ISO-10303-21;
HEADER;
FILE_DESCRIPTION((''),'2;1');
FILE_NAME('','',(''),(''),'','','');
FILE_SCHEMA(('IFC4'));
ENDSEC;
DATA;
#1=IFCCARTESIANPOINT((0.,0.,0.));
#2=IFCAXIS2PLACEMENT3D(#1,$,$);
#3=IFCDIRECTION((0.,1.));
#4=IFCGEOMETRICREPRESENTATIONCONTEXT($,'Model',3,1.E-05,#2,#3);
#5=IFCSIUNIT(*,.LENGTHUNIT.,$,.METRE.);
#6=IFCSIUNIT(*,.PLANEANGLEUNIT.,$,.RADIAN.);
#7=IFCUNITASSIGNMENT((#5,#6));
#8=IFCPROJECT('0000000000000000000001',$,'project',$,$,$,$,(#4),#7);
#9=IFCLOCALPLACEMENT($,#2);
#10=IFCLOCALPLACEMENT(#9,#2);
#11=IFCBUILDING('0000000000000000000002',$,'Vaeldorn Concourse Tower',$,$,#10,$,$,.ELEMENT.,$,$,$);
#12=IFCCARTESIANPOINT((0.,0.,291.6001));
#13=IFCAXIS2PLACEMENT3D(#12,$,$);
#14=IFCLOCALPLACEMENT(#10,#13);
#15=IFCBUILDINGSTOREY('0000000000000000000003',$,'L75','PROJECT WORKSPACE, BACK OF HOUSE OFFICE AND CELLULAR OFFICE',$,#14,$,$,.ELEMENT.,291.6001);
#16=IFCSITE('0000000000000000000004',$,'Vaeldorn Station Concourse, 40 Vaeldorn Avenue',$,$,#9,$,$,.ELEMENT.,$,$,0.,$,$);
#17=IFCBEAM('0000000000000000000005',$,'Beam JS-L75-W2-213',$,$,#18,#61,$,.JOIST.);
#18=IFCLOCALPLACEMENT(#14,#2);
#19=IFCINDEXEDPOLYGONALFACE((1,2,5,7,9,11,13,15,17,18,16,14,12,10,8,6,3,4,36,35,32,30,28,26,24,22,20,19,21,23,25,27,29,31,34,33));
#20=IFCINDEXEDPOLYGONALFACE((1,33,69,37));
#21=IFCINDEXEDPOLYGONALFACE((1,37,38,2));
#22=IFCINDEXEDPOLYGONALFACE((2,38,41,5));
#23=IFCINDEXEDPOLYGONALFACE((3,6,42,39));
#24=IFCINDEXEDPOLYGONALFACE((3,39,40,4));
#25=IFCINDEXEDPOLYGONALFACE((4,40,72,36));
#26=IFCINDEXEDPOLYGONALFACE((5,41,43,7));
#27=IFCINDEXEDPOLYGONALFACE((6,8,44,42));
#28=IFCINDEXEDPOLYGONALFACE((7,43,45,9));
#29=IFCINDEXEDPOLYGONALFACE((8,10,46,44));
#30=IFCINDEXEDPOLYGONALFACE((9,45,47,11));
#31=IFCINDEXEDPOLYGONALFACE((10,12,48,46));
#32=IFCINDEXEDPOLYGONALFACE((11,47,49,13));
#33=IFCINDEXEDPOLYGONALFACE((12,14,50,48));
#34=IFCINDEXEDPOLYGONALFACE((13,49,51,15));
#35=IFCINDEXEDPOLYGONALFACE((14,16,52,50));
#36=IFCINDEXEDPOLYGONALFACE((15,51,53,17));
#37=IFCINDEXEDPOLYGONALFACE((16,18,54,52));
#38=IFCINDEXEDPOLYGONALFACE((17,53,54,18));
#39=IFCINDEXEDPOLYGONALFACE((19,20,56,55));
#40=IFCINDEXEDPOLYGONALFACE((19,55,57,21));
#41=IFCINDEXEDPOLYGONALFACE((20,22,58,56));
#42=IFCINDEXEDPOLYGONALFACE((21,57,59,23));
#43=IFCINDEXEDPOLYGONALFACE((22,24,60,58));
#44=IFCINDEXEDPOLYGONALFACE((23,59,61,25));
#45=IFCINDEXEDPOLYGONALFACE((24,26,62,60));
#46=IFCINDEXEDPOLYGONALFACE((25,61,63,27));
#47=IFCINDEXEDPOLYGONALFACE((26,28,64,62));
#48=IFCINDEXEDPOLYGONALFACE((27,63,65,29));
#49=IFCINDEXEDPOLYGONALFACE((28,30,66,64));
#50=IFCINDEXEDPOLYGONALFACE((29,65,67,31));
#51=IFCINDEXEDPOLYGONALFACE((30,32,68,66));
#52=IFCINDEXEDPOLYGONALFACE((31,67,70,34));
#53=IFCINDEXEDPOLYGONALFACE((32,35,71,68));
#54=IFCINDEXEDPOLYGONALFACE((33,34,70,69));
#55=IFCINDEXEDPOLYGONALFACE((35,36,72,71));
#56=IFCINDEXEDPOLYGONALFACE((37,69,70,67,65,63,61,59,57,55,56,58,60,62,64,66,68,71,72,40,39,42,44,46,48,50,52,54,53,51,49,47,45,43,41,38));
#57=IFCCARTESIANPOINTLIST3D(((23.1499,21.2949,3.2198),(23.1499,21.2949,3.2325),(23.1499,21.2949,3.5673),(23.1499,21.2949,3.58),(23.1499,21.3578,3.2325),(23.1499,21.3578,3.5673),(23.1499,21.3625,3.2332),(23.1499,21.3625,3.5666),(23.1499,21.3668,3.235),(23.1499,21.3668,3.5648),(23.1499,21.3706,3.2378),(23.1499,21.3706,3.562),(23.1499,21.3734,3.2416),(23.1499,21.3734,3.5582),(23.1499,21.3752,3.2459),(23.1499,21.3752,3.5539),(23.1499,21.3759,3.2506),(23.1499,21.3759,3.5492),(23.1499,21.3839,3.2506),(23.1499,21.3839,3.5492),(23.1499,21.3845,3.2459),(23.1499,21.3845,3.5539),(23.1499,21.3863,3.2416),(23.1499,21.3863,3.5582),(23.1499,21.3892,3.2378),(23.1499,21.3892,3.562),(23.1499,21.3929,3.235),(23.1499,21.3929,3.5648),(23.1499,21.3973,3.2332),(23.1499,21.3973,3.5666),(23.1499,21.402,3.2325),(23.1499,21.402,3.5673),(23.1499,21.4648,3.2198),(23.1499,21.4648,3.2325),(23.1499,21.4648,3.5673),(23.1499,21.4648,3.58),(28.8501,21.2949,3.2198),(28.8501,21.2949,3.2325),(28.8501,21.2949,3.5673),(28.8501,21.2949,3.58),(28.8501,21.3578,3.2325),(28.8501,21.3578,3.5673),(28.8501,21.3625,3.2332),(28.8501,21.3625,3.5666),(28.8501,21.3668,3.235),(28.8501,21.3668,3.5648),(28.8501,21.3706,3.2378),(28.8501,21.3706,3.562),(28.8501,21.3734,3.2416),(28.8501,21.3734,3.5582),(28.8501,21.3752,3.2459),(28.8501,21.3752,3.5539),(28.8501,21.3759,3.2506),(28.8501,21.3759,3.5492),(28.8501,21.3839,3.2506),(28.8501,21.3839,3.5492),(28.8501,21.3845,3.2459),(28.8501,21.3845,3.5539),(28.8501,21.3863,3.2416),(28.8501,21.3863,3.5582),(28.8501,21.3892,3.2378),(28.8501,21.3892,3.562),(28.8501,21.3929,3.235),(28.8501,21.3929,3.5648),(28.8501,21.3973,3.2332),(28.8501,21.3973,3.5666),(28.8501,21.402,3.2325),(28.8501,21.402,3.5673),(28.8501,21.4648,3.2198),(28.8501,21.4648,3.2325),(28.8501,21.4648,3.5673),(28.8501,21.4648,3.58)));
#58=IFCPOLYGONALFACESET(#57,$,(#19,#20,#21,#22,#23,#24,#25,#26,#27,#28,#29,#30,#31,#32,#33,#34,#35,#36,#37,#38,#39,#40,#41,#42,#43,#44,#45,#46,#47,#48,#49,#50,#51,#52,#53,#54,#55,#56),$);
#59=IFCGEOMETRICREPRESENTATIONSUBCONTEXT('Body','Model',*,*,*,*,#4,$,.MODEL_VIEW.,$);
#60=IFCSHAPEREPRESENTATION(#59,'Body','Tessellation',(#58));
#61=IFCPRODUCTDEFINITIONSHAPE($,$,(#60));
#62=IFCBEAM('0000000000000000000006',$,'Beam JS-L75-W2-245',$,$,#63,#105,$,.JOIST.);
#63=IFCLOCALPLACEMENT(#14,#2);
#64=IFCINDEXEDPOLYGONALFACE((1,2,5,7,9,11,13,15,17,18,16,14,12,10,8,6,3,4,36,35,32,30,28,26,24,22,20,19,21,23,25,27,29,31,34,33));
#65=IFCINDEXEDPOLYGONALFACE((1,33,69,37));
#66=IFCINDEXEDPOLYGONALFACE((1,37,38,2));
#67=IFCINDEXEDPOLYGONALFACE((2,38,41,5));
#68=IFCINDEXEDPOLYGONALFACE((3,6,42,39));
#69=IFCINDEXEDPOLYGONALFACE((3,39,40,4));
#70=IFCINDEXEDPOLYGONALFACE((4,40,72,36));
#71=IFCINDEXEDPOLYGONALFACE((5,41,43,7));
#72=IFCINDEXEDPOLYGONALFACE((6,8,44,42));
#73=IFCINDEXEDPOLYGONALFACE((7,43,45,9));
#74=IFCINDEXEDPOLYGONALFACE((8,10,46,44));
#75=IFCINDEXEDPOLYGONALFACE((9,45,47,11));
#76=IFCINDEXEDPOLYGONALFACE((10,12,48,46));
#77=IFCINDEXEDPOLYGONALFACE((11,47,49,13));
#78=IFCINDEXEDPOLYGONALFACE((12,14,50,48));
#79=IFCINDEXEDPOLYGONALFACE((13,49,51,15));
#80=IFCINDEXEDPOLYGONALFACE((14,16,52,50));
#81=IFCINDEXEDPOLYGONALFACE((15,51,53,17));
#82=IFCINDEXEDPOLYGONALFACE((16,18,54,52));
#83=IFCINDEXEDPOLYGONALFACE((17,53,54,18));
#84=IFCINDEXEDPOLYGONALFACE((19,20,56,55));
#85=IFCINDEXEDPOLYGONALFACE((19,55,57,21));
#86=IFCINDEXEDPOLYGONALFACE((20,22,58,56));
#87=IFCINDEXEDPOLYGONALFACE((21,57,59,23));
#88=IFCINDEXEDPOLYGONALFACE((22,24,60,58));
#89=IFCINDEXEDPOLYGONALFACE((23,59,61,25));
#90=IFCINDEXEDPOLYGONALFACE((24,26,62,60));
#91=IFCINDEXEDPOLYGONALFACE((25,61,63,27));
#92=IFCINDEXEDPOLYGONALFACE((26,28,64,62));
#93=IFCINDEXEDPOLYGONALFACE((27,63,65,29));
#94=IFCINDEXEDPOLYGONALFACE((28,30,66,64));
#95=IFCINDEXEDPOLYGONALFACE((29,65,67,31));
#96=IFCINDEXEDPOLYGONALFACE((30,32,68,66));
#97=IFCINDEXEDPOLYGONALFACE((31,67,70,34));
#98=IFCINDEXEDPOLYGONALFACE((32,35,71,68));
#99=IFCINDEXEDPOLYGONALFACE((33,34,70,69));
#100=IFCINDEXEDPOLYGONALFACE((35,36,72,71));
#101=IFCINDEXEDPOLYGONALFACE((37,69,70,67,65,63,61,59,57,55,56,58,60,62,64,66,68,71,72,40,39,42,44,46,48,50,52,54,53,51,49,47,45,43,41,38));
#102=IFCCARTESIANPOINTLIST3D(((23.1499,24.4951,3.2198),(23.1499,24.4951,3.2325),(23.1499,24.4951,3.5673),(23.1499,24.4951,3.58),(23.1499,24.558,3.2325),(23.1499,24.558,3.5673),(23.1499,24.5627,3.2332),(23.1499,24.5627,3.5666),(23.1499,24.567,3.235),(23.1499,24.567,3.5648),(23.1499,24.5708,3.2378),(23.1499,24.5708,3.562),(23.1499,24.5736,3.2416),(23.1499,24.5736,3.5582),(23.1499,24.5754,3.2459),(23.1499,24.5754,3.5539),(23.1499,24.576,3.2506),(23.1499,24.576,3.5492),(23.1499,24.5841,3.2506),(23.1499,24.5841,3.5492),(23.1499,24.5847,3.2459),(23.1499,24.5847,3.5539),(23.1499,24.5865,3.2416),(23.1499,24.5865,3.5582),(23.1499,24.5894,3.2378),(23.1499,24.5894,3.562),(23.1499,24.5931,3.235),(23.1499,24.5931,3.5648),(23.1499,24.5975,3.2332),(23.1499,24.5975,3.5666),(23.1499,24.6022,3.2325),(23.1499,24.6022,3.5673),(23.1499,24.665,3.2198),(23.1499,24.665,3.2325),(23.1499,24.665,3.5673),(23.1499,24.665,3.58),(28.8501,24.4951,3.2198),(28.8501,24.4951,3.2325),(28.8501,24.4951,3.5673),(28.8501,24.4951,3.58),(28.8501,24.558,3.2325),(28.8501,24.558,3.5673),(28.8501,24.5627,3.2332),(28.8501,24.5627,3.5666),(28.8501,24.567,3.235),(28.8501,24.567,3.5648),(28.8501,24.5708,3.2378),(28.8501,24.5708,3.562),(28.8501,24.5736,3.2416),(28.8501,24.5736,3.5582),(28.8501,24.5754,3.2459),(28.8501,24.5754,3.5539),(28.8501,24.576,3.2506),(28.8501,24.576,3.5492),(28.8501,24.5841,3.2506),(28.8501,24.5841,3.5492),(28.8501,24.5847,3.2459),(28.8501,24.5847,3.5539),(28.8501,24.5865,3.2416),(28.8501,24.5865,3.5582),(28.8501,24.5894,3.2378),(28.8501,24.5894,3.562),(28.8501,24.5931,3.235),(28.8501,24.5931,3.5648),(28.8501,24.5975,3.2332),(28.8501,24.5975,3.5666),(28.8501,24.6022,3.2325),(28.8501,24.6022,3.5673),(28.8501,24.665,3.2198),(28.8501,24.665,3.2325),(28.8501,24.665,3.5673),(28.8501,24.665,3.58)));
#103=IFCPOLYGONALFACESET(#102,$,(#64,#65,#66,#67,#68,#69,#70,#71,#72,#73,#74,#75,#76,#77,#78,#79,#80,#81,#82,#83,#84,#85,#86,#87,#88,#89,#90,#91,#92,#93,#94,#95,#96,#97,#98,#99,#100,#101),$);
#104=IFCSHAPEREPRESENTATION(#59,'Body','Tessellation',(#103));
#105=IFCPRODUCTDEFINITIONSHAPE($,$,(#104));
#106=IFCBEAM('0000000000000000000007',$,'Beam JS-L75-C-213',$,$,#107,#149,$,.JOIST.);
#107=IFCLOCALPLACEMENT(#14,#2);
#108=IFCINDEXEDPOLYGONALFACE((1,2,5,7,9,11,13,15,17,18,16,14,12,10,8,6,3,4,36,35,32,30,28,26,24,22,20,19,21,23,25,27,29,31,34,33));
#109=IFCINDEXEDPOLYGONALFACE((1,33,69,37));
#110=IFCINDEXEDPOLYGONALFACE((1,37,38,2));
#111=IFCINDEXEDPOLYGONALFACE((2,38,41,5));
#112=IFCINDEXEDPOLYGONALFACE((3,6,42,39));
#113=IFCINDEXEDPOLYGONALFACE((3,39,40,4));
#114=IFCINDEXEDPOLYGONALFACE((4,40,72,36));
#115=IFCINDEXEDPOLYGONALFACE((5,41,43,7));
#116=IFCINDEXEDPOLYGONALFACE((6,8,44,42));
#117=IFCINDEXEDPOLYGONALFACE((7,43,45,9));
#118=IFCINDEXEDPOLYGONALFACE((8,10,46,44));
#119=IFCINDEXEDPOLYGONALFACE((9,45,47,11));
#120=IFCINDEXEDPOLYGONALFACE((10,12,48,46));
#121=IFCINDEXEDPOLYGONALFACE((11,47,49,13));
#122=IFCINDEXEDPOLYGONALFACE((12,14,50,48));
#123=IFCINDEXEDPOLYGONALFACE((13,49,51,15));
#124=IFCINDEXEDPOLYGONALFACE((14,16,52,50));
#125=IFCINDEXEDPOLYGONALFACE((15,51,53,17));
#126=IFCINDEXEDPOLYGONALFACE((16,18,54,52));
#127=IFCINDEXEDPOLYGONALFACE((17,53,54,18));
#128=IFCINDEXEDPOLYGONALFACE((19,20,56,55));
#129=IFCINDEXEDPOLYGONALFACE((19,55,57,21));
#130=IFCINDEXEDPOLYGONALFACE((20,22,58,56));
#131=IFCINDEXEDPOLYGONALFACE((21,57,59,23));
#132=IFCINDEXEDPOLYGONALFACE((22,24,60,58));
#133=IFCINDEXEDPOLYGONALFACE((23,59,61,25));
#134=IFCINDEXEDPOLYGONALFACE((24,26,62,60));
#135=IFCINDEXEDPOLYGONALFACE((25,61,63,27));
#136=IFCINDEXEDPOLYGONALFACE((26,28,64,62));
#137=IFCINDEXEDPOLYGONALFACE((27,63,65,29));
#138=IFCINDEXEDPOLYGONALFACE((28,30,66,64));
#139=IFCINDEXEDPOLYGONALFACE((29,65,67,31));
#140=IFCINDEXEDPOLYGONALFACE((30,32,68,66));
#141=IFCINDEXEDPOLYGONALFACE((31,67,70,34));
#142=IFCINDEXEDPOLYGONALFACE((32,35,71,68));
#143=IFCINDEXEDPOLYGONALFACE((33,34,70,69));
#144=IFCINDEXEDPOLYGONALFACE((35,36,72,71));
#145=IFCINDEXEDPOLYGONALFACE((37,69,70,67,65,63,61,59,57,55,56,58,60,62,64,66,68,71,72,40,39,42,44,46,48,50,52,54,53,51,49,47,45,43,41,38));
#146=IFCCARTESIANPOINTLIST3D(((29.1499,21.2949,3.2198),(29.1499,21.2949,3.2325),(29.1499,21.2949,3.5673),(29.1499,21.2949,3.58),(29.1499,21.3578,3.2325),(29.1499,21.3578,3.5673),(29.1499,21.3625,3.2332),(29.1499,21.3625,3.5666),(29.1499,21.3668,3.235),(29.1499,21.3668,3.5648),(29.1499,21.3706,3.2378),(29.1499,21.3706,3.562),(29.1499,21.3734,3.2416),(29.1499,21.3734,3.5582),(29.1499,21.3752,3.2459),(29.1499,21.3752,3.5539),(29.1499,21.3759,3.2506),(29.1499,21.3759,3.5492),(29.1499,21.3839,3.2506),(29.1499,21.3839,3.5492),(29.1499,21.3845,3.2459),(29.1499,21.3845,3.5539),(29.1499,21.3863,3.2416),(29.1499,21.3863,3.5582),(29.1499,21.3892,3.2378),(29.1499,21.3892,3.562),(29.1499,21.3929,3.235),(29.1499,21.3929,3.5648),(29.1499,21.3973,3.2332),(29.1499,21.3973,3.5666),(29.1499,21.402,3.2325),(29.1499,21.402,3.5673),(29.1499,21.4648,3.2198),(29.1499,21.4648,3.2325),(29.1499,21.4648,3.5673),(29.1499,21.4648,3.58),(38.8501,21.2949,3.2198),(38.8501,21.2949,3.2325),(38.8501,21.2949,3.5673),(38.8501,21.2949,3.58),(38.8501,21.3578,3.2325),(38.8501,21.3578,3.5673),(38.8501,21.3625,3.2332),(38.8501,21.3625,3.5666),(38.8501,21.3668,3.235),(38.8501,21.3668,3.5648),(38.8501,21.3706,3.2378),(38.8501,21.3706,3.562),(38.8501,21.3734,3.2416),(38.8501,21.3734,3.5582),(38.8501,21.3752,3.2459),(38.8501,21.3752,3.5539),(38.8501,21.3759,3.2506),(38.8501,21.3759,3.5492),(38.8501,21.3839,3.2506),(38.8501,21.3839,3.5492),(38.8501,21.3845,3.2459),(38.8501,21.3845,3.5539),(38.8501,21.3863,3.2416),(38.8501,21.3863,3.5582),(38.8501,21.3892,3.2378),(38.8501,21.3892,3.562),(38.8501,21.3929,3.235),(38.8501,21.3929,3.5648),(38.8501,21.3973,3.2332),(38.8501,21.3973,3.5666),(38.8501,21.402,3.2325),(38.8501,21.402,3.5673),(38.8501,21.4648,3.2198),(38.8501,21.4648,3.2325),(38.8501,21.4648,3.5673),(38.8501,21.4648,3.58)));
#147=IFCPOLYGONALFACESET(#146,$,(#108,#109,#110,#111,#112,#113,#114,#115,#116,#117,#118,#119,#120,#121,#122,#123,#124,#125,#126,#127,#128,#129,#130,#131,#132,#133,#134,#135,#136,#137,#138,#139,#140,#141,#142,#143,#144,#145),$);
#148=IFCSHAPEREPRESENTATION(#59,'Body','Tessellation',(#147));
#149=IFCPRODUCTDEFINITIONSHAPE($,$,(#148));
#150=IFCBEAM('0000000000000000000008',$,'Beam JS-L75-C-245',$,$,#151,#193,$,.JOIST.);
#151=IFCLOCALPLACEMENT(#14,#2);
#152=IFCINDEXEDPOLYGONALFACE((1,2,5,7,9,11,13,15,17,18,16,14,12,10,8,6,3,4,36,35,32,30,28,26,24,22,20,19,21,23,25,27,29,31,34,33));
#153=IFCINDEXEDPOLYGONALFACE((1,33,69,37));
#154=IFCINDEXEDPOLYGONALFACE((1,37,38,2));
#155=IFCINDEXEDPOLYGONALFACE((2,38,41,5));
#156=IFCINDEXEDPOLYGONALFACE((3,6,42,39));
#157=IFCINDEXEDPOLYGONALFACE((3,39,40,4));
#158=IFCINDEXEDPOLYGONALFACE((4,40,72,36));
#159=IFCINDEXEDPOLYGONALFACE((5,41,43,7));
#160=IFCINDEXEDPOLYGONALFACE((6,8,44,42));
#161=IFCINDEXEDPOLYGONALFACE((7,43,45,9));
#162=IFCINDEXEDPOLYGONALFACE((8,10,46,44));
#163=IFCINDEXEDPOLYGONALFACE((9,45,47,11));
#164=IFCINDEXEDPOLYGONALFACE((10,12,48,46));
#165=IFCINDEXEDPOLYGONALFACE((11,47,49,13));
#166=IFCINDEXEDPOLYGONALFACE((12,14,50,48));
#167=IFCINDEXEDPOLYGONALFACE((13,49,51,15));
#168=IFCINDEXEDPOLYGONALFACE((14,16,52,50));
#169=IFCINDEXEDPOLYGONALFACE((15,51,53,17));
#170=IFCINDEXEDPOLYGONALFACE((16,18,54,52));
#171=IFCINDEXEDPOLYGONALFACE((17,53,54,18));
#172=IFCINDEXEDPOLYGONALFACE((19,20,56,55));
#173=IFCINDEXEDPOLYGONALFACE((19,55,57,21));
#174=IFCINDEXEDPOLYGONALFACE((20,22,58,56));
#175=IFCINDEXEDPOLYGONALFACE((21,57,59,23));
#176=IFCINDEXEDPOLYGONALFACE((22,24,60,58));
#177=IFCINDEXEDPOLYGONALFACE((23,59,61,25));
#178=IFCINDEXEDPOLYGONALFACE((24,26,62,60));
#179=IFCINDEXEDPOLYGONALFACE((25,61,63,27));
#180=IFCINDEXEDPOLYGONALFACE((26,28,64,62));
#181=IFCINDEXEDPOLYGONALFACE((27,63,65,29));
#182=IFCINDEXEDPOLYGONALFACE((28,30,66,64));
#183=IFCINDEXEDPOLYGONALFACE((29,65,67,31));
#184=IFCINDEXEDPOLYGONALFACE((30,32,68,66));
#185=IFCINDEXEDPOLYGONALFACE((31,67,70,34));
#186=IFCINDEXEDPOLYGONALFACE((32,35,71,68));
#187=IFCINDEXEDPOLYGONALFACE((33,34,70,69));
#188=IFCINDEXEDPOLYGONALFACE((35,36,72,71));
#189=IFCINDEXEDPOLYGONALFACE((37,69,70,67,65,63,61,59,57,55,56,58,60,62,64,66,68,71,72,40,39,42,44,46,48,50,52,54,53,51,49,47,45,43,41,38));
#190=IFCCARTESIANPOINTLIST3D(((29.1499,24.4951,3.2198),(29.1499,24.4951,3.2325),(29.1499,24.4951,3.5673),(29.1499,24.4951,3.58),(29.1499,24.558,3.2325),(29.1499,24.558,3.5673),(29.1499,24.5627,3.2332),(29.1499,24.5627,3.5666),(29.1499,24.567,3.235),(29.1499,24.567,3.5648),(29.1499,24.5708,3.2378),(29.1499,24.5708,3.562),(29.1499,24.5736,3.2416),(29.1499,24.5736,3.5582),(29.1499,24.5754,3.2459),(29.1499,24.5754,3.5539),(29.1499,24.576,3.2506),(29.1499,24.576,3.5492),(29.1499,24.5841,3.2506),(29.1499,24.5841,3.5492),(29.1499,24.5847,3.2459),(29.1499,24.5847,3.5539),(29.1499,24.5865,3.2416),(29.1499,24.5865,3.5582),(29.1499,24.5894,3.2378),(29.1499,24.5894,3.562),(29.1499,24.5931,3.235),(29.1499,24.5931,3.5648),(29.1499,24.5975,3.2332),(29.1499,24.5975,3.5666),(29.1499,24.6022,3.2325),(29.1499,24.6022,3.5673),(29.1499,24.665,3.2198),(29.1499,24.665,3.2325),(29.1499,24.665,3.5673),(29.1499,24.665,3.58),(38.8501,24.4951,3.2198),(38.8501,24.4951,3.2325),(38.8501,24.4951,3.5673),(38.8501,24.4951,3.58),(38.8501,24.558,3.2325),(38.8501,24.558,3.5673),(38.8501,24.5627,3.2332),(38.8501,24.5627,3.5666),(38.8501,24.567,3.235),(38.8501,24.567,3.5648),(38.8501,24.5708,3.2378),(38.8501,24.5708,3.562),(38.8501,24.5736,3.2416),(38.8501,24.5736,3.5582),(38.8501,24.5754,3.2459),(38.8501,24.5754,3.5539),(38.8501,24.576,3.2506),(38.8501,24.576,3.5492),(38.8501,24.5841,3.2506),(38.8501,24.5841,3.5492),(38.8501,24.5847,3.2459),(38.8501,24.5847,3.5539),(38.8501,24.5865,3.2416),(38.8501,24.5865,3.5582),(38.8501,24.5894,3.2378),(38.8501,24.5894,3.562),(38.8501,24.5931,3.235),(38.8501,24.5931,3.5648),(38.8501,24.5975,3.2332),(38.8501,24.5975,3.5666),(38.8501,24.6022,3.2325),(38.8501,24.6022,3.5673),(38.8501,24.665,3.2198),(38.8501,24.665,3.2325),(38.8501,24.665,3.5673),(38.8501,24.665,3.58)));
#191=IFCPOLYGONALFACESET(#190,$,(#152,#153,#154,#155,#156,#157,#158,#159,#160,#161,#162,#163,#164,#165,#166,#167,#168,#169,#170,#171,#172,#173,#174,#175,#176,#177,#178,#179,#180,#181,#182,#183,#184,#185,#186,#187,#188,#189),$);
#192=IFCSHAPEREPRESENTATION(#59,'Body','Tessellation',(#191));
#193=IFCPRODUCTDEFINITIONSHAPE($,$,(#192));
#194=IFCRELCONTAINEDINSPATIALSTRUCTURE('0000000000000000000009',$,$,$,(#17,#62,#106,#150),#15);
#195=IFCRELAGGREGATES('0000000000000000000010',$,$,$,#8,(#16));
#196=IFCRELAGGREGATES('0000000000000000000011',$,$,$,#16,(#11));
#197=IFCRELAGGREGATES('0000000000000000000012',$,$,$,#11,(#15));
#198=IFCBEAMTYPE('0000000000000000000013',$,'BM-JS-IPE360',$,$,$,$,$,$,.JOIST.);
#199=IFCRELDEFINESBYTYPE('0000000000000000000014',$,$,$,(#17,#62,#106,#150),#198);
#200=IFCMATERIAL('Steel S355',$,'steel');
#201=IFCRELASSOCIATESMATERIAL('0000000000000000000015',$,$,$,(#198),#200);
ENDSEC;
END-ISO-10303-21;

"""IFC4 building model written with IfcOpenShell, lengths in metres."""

from ifc_helpers import new_model, si_unit, direction, frame, origin, origin_2d, place, context, subcontext, project, spatial, i_section, extrude, source, transform, mapped, material, material_profile, profile_set, type_object, element, save


model = new_model("IFC4")

# Units and contexts
model_context = context("Model", 3, precision=1e-05, world=origin(), true_north=direction((0.0, 1.0)))
body_context = subcontext(model_context, "Body", "Model", "MODEL_VIEW")
ifc_project = project(units=[si_unit("LENGTHUNIT", "METRE"), si_unit("PLANEANGLEUNIT", "RADIAN")], contexts=[model_context])

# Site, building, storey
site_placement = place(None, origin())
site = spatial("IfcSite", under=ifc_project, at=site_placement, Name="Vaeldorn Station Concourse, 40 Vaeldorn Avenue", CompositionType="ELEMENT", RefElevation=0.0)
building_placement = place(site_placement, origin())
building = spatial("IfcBuilding", under=site, at=building_placement, Name="Vaeldorn Concourse Tower", CompositionType="ELEMENT")
storey_placement = place(building_placement, frame((0.0, 0.0, 291.6001)))
storey = spatial("IfcBuildingStorey", under=building, at=storey_placement, Name="L75", Description="PROJECT WORKSPACE, BACK OF HOUSE OFFICE AND CELLULAR OFFICE", CompositionType="ELEMENT", Elevation=291.6001)

# Shared definitions
ifc_material_1 = material(Name="Steel S355", Category="steel")

# Beams
ifc_material_profile_1 = material_profile(ifc_material_1, i_section(OverallWidth=0.1699, OverallDepth=0.3601, WebThickness=0.0081, FlangeThickness=0.0127, FilletRadius=0.0181, at=origin_2d()), Name="IPE 360")
ifc_profile_set_1 = profile_set([ifc_material_profile_1], Name="Steel S355")
beam_type_1 = type_object("IfcBeamType", Name="BM-JS-IPE360", PredefinedType="JOIST", material=ifc_profile_set_1)
shared_shape_1 = source(origin(), body_context, "Body", "SweptSolid", [
    extrude(i_section(OverallWidth=0.1699, OverallDepth=0.3601, WebThickness=0.0081, FlangeThickness=0.0127, FilletRadius=0.0181, at=origin_2d()), origin(), (0.0, 0.0, 1.0), 5.7002),
])
for number, where, z_axis, x_axis, name in (
    (1, (23.1499, 21.3799, 3.3999), (1.0, 0.0, 0.0), (0.0, 1.0, 0.0), "Beam JS-L75-W2-213"),
    (2, (23.1499, 24.5801, 3.3999), (1.0, 0.0, 0.0), (0.0, 1.0, 0.0), "Beam JS-L75-W2-245"),
):
    element("IfcBeam", number, at=place(storey_placement, frame(where, z_axis=z_axis, x_axis=x_axis)), inside=storey, type_object=beam_type_1, Name=name, PredefinedType="JOIST", context=body_context, shape_type="MappedRepresentation", body=[
        mapped(shared_shape_1, transform((0.0, 0.0, 0.0), scale=1.0)),
    ])
shared_shape_2 = source(origin(), body_context, "Body", "SweptSolid", [
    extrude(i_section(OverallWidth=0.1699, OverallDepth=0.3601, WebThickness=0.0081, FlangeThickness=0.0127, FilletRadius=0.0181, at=origin_2d()), origin(), (0.0, 0.0, 1.0), 9.7002),
])
for number, where, z_axis, x_axis, name in (
    (3, (29.1499, 21.3799, 3.3999), (1.0, 0.0, 0.0), (0.0, 1.0, 0.0), "Beam JS-L75-C-213"),
    (4, (29.1499, 24.5801, 3.3999), (1.0, 0.0, 0.0), (0.0, 1.0, 0.0), "Beam JS-L75-C-245"),
):
    element("IfcBeam", number, at=place(storey_placement, frame(where, z_axis=z_axis, x_axis=x_axis)), inside=storey, type_object=beam_type_1, Name=name, PredefinedType="JOIST", context=body_context, shape_type="MappedRepresentation", body=[
        mapped(shared_shape_2, transform((0.0, 0.0, 0.0), scale=1.0)),
    ])

save(model, "model.ifc")
